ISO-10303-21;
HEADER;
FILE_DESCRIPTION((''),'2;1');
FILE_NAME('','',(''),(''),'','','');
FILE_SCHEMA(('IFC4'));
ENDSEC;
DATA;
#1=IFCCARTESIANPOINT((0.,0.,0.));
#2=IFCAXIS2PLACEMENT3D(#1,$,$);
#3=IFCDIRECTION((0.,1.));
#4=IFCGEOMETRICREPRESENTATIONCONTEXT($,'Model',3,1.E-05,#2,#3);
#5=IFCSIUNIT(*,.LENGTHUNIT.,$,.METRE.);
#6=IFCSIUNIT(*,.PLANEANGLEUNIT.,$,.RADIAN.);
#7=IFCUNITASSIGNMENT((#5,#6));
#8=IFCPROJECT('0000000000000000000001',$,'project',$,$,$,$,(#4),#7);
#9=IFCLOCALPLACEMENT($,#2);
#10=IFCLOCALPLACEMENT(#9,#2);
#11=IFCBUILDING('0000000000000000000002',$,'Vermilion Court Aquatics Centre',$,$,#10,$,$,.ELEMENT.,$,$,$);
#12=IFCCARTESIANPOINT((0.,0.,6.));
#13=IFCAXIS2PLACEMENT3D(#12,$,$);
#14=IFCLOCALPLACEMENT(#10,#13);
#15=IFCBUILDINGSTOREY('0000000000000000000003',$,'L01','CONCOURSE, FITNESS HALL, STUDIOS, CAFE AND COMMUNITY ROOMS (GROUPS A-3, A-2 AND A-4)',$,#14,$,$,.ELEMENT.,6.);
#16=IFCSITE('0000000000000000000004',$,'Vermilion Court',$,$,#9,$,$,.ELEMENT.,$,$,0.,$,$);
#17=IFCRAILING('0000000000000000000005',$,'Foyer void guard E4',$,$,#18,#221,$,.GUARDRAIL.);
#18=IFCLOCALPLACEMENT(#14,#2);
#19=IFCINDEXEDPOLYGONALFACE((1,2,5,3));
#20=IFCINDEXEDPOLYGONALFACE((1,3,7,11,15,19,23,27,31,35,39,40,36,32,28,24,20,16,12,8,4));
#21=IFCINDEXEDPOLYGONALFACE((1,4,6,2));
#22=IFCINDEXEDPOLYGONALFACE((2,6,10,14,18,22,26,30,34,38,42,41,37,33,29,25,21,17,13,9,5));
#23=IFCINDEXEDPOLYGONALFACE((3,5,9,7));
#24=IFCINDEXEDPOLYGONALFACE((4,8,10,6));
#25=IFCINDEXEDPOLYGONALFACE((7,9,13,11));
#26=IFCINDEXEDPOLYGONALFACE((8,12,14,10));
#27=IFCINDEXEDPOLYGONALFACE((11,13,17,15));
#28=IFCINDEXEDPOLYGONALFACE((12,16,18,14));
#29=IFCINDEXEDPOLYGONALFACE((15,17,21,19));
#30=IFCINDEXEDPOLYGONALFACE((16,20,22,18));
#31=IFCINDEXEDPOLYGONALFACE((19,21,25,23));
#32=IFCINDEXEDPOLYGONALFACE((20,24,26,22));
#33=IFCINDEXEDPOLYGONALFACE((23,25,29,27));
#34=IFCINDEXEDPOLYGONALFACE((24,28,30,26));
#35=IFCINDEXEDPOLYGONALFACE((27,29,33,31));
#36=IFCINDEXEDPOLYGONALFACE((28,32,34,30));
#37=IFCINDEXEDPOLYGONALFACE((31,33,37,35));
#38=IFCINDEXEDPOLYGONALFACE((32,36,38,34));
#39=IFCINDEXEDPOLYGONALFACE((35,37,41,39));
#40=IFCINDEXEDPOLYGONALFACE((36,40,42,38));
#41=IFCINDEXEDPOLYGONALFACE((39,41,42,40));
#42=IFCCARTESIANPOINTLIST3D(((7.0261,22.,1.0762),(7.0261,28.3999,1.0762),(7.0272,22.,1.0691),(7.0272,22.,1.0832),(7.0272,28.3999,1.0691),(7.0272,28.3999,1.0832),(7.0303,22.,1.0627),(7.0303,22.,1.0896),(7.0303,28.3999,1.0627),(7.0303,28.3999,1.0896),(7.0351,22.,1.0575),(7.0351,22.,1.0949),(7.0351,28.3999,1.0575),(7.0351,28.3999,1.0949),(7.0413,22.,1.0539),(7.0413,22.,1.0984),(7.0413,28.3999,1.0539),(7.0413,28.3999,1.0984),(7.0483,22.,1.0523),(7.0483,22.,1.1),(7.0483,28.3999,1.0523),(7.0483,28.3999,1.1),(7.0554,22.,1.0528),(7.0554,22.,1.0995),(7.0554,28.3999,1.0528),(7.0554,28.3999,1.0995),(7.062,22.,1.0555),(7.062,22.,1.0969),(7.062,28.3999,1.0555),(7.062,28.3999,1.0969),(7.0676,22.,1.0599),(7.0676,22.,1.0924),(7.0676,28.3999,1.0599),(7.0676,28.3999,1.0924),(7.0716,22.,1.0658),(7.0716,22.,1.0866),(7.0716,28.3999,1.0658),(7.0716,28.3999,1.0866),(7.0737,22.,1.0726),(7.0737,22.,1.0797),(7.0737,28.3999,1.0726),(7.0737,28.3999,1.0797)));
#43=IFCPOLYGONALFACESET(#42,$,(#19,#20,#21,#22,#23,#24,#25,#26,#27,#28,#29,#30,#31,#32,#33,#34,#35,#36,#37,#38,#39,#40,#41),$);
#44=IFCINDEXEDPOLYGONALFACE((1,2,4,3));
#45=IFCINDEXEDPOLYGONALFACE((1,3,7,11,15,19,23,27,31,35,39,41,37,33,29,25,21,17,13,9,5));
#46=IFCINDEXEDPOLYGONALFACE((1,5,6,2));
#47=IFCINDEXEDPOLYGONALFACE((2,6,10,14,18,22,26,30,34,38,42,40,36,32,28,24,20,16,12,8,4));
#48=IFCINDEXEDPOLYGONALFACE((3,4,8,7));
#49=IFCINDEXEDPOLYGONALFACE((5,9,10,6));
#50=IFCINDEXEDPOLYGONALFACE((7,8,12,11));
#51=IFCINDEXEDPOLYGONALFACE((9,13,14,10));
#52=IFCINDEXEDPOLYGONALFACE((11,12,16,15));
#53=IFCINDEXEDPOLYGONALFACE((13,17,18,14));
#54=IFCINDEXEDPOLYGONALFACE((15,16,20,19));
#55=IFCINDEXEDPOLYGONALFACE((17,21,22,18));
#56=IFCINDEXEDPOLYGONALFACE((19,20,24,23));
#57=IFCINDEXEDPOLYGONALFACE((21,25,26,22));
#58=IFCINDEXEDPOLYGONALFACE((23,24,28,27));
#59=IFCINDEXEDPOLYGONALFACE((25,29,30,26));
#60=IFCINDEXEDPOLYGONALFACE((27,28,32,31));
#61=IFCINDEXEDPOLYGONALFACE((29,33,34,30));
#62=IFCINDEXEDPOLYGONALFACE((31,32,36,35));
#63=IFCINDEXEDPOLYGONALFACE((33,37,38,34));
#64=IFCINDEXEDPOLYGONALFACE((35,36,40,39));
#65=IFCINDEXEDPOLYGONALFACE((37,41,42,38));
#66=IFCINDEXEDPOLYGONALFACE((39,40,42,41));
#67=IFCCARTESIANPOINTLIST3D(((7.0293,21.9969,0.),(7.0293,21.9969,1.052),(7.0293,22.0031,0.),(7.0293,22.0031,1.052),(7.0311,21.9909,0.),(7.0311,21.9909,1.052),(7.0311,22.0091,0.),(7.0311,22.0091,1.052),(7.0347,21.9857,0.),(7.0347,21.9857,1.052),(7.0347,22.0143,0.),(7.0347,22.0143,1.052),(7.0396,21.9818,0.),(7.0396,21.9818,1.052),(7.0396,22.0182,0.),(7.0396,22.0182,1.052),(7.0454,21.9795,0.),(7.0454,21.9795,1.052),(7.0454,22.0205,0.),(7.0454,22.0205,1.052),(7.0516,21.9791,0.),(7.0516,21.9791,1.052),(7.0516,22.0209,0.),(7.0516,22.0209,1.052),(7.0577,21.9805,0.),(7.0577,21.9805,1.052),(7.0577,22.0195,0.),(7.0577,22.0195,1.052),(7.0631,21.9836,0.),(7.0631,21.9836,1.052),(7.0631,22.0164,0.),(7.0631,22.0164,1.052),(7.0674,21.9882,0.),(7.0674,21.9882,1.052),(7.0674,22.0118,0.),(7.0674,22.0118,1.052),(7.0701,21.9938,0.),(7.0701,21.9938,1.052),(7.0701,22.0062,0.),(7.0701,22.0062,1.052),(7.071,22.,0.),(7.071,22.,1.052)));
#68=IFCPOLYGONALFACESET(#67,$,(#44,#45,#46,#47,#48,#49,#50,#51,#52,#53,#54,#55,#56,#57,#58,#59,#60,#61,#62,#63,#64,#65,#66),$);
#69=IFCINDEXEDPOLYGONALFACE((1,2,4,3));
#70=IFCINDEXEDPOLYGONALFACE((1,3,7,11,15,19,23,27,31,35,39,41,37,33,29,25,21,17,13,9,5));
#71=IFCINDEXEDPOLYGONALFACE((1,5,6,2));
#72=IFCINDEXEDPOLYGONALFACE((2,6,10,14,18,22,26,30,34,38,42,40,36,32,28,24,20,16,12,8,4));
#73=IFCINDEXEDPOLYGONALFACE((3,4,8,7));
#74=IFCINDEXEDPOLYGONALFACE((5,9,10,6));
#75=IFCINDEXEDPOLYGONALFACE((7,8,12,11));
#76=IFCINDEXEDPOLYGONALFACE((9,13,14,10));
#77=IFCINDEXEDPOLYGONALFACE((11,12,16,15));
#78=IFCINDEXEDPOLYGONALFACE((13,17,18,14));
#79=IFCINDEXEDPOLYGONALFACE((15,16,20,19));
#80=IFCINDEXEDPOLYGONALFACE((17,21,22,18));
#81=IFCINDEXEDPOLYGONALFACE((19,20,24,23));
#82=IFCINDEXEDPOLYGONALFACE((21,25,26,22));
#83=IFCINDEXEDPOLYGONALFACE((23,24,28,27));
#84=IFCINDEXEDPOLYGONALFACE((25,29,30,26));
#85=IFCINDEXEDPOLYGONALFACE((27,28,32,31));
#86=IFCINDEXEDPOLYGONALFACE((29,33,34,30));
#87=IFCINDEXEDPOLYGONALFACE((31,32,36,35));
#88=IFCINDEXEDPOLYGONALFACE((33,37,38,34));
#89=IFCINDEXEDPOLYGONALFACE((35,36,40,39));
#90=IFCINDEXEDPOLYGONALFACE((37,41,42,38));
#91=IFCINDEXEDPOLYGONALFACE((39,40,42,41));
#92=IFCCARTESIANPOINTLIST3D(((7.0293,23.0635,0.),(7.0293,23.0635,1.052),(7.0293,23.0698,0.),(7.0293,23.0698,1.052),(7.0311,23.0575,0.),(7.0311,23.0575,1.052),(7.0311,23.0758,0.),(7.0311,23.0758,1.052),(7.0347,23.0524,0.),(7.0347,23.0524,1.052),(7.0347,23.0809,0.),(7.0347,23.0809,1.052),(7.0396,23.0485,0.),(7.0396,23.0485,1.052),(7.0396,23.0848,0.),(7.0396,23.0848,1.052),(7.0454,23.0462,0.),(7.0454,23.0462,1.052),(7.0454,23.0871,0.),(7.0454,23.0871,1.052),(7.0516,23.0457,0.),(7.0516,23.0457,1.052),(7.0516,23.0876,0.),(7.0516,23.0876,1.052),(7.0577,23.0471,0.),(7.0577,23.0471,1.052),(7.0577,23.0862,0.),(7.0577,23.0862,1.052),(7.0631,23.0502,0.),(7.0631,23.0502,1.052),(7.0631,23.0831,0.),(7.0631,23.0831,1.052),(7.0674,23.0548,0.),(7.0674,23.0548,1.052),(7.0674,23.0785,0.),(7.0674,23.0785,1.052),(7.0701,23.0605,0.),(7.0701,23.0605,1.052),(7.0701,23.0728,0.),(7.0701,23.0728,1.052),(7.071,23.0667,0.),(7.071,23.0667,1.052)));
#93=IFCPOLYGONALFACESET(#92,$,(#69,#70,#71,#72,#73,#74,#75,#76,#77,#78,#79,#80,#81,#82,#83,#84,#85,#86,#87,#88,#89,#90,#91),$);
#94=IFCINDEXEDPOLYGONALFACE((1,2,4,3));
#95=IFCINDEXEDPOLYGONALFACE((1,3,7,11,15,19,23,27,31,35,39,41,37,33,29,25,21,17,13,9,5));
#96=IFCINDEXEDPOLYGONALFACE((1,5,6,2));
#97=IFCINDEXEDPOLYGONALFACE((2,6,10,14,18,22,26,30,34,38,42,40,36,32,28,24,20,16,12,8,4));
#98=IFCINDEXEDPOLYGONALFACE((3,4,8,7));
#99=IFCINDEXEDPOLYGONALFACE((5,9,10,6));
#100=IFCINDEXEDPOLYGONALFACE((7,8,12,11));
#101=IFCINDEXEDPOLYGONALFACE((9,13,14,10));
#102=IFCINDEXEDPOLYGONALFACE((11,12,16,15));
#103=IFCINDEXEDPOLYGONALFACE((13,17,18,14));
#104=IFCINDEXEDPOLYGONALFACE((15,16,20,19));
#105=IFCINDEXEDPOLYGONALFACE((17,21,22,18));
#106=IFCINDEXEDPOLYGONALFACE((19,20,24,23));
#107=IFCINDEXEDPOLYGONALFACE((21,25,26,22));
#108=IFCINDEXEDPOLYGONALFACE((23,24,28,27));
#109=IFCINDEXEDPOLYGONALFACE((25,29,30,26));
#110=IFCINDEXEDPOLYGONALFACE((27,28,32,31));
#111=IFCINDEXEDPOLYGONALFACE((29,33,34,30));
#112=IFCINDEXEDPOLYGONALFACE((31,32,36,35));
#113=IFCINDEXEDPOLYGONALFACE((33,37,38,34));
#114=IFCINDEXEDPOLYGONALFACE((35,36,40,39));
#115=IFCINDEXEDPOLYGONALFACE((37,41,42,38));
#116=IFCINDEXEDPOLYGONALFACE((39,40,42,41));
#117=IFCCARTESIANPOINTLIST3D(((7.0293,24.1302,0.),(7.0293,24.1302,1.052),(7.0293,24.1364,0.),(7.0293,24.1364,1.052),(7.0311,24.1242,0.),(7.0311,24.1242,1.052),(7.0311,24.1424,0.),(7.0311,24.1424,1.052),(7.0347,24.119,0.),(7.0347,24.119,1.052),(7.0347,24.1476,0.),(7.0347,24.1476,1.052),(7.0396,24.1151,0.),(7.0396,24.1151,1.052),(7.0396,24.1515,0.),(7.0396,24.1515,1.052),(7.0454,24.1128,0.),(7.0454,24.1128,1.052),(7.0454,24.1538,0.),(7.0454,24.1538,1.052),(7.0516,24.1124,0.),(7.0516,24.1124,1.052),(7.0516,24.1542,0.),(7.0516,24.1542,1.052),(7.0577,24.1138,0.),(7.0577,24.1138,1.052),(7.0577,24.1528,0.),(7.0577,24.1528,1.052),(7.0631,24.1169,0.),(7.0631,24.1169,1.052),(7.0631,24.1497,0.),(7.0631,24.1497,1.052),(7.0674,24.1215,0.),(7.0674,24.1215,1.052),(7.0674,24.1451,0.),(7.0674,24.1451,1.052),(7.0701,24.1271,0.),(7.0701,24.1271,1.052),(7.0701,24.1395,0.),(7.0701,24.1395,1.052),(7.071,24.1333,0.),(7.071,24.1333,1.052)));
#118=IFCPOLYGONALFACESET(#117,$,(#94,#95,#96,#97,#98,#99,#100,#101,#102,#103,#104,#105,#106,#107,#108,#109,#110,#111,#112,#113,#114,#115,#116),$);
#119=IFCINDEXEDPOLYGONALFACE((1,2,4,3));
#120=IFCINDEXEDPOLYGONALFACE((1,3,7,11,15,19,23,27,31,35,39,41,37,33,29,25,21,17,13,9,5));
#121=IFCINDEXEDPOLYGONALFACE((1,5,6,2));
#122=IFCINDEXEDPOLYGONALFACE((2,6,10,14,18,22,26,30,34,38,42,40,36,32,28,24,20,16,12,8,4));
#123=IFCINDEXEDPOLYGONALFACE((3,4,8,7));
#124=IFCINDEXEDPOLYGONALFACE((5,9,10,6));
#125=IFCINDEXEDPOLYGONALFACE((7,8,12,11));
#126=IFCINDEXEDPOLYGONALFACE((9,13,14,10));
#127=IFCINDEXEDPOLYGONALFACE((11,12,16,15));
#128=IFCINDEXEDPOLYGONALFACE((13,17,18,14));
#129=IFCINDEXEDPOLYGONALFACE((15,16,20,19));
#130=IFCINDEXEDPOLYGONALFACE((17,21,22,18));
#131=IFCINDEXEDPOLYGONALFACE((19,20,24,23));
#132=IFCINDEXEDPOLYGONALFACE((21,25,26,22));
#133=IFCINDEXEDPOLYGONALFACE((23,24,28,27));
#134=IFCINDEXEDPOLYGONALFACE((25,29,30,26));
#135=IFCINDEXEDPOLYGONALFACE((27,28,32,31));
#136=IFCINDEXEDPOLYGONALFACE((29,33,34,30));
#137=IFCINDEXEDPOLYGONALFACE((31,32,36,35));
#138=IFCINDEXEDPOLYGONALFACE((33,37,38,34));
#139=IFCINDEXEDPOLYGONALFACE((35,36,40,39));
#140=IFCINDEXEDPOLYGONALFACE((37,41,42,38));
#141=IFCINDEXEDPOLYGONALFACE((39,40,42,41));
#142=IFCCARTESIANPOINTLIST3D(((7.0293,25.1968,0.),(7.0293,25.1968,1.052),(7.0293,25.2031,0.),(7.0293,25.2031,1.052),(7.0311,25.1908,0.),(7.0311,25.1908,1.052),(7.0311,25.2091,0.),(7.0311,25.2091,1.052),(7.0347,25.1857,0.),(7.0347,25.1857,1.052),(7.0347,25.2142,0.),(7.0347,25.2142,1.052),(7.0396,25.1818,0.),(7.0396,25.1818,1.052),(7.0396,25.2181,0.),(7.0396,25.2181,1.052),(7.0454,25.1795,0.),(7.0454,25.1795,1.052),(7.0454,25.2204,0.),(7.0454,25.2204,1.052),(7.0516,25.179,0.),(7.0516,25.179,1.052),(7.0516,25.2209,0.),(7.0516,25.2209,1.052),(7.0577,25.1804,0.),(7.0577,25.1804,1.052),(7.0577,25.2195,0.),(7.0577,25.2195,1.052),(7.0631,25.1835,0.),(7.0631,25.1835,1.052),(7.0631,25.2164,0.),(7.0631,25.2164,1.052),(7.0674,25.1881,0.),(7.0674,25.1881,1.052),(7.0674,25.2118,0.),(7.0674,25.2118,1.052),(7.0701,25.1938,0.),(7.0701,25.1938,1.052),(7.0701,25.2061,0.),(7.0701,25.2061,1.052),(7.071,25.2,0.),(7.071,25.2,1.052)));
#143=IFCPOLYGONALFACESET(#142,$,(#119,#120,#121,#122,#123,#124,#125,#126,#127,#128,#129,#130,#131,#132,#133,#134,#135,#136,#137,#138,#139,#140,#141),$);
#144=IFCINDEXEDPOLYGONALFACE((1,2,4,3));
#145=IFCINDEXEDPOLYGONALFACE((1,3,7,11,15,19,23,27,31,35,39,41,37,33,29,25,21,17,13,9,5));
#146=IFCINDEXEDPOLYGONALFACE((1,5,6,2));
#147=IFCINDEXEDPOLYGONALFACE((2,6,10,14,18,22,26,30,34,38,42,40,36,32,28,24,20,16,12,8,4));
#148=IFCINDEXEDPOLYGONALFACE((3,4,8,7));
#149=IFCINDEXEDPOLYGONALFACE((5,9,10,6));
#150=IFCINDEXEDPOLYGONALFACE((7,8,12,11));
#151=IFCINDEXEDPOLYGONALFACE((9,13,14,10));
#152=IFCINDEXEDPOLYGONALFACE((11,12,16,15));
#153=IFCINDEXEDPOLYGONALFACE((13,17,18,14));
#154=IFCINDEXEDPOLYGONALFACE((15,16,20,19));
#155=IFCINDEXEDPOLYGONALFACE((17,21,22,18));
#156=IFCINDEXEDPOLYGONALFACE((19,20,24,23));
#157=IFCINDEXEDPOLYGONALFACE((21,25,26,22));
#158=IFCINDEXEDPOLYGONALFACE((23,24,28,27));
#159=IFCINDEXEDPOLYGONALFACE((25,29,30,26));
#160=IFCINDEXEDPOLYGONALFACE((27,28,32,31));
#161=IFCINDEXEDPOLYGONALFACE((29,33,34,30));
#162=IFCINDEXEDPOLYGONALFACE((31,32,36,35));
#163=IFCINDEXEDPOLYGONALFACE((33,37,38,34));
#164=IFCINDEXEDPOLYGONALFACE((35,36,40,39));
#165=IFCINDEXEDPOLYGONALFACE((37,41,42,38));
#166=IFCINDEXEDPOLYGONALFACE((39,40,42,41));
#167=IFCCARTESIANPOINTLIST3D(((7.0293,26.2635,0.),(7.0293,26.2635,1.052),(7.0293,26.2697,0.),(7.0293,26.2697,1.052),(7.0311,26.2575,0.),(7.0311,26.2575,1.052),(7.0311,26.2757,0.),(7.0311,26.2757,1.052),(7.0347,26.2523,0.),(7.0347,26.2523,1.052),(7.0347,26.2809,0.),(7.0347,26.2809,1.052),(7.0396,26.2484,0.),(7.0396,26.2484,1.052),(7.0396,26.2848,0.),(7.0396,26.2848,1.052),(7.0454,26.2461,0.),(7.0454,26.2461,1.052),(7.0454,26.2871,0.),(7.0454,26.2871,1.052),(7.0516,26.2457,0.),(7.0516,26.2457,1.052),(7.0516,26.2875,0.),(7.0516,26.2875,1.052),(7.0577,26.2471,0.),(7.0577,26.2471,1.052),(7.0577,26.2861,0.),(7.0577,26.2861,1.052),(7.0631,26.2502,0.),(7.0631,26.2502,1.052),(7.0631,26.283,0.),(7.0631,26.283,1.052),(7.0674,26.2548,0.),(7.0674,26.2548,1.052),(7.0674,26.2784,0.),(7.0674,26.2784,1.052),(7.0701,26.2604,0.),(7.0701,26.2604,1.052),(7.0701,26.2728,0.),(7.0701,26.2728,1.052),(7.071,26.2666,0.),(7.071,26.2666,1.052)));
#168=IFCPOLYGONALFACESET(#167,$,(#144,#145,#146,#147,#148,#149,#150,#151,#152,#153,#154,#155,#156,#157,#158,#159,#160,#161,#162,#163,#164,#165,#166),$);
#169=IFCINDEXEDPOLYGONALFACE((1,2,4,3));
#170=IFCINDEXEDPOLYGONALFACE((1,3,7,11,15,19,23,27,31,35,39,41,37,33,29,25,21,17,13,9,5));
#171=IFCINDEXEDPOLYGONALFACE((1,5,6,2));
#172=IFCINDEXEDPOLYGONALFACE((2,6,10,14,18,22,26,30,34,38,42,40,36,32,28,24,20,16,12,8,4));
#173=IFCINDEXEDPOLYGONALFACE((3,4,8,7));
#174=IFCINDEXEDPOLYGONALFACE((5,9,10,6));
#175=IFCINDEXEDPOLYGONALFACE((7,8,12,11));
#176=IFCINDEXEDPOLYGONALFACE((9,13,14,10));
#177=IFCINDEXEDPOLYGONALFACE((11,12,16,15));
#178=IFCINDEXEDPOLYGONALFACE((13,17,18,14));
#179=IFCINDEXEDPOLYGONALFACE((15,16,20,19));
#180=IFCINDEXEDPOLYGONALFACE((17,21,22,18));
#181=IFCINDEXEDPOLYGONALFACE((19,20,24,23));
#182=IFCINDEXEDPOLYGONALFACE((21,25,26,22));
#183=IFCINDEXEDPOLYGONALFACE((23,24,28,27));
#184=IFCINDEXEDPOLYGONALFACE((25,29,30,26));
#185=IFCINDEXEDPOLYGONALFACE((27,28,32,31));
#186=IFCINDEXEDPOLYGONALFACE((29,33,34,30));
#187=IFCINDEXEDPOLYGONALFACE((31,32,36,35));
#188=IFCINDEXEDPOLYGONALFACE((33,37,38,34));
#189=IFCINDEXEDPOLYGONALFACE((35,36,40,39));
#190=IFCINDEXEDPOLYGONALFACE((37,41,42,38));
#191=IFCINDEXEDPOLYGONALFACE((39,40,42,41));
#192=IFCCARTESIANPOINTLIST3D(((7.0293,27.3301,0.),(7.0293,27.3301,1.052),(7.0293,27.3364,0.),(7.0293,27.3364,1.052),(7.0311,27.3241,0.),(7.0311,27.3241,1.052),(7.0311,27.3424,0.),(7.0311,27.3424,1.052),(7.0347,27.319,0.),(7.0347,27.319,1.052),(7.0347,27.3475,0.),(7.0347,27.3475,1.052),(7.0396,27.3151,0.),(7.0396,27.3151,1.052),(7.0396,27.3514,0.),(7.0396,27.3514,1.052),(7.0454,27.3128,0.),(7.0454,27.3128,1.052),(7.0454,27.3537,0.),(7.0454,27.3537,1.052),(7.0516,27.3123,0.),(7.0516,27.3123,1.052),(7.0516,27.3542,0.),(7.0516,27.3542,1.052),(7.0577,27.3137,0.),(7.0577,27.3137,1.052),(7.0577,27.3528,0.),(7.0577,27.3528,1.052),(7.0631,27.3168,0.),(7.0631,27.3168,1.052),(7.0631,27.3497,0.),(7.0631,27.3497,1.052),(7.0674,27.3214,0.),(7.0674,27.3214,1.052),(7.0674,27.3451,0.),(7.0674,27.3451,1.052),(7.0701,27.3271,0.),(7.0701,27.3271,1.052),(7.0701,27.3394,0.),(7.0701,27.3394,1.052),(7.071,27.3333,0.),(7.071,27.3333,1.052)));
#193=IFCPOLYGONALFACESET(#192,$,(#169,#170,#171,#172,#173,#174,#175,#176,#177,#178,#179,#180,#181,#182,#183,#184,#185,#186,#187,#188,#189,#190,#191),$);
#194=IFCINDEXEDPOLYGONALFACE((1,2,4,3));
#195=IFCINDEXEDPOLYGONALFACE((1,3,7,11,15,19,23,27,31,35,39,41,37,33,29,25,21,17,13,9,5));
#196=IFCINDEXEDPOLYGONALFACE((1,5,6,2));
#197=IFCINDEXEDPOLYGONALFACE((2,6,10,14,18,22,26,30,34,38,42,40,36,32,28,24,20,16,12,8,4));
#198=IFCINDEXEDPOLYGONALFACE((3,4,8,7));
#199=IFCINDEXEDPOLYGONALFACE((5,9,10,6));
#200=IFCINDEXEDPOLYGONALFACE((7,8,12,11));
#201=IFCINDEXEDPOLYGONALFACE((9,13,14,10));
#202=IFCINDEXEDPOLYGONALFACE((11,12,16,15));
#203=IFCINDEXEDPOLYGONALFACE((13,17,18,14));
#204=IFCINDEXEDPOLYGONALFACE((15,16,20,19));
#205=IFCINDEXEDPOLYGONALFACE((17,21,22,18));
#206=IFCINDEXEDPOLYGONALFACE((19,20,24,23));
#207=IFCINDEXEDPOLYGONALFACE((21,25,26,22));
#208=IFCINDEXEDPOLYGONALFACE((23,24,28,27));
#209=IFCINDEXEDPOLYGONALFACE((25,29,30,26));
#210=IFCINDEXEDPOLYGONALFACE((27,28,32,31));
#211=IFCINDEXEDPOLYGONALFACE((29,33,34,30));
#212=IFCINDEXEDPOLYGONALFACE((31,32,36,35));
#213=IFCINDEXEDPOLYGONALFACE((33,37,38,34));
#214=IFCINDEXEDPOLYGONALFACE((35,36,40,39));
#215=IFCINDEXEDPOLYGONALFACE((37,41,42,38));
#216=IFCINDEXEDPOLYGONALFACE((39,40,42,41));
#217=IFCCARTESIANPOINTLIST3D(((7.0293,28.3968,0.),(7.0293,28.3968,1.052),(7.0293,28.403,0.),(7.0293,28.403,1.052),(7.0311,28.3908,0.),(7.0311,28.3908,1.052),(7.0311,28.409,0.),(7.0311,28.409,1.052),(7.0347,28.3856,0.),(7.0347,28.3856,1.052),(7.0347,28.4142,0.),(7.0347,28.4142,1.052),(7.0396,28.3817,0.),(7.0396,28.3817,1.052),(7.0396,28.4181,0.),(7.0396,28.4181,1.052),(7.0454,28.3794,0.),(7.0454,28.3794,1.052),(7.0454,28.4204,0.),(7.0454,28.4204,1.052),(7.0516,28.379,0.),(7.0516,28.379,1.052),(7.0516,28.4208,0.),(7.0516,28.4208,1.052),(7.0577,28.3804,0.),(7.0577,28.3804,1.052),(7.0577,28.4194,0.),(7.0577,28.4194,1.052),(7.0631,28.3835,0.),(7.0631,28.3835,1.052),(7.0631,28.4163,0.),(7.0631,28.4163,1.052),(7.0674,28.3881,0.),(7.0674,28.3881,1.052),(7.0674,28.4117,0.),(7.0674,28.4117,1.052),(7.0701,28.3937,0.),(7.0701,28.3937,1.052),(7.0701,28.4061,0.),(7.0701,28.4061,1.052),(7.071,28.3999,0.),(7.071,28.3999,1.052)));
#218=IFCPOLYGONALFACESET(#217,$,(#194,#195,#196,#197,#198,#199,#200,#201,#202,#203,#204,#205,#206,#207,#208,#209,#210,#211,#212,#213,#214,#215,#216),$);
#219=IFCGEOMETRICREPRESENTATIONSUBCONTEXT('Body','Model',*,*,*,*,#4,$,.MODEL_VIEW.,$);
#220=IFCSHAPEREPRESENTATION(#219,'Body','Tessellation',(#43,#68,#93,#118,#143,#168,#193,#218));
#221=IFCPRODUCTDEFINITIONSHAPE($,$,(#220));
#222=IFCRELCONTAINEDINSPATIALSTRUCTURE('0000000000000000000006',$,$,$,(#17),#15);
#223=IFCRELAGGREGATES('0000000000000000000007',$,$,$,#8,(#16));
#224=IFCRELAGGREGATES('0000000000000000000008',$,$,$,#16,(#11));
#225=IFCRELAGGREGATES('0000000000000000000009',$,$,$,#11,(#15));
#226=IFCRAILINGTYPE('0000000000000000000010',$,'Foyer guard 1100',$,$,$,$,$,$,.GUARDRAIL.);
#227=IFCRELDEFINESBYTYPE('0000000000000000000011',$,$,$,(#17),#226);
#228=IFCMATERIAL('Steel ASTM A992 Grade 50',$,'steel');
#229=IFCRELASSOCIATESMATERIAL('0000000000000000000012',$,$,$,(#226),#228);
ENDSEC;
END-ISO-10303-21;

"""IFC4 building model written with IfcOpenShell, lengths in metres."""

from ifc_helpers import new_model, si_unit, direction, frame, origin, origin_2d, place, context, subcontext, project, spatial, circle, extrude, material, type_object, element, save


model = new_model("IFC4")

# Units and contexts
model_context = context("Model", 3, precision=1e-05, world=origin(), true_north=direction((0.0, 1.0)))
body_context = subcontext(model_context, "Body", "Model", "MODEL_VIEW")
ifc_project = project(units=[si_unit("LENGTHUNIT", "METRE"), si_unit("PLANEANGLEUNIT", "RADIAN")], contexts=[model_context])

# Site, building, storey
site_placement = place(None, origin())
site = spatial("IfcSite", under=ifc_project, at=site_placement, Name="Vermilion Court", CompositionType="ELEMENT", RefElevation=0.0)
building_placement = place(site_placement, origin())
building = spatial("IfcBuilding", under=site, at=building_placement, Name="Vermilion Court Aquatics Centre", CompositionType="ELEMENT")
storey_placement = place(building_placement, frame((0.0, 0.0, 6.0)))
storey = spatial("IfcBuildingStorey", under=building, at=storey_placement, Name="L01", Description="CONCOURSE, FITNESS HALL, STUDIOS, CAFE AND COMMUNITY ROOMS (GROUPS A-3, A-2 AND A-4)", CompositionType="ELEMENT", Elevation=6.0)

# Railing
ifc_material_1 = material(Name="Steel ASTM A992 Grade 50", Category="steel")
railing_type = type_object("IfcRailingType", Name="Foyer guard 1100", PredefinedType="GUARDRAIL", material=ifc_material_1)
for number, where, name in (
    (1, (7.05, 22.0, 0.0), "Foyer void guard E4"),
):
    element("IfcRailing", number, at=place(storey_placement, frame(where)), inside=storey, type_object=railing_type, Name=name, PredefinedType="GUARDRAIL", context=body_context, shape_type="SweptSolid", body=[
        extrude(circle(Radius=0.0239, at=origin_2d()), frame((0.0, 0.0, 1.0762), z_axis=(0.0, 1.0, 0.0), x_axis=(-1.0, 0.0, 0.0)), (0.0, 0.0, 1.0), 6.3999),
        extrude(circle(Radius=0.021, at=origin_2d()), origin(), (0.0, 0.0, 1.0), 1.052),
        extrude(circle(Radius=0.021, at=origin_2d()), frame((0.0, 1.0667, 0.0)), (0.0, 0.0, 1.0), 1.052),
        extrude(circle(Radius=0.021, at=origin_2d()), frame((0.0, 2.1333, 0.0)), (0.0, 0.0, 1.0), 1.052),
        extrude(circle(Radius=0.021, at=origin_2d()), frame((0.0, 3.2, 0.0)), (0.0, 0.0, 1.0), 1.052),
        extrude(circle(Radius=0.021, at=origin_2d()), frame((0.0, 4.2666, 0.0)), (0.0, 0.0, 1.0), 1.052),
        extrude(circle(Radius=0.021, at=origin_2d()), frame((0.0, 5.3333, 0.0)), (0.0, 0.0, 1.0), 1.052),
        extrude(circle(Radius=0.021, at=origin_2d()), frame((0.0, 6.3999, 0.0)), (0.0, 0.0, 1.0), 1.052),
    ])

save(model, "model.ifc")
